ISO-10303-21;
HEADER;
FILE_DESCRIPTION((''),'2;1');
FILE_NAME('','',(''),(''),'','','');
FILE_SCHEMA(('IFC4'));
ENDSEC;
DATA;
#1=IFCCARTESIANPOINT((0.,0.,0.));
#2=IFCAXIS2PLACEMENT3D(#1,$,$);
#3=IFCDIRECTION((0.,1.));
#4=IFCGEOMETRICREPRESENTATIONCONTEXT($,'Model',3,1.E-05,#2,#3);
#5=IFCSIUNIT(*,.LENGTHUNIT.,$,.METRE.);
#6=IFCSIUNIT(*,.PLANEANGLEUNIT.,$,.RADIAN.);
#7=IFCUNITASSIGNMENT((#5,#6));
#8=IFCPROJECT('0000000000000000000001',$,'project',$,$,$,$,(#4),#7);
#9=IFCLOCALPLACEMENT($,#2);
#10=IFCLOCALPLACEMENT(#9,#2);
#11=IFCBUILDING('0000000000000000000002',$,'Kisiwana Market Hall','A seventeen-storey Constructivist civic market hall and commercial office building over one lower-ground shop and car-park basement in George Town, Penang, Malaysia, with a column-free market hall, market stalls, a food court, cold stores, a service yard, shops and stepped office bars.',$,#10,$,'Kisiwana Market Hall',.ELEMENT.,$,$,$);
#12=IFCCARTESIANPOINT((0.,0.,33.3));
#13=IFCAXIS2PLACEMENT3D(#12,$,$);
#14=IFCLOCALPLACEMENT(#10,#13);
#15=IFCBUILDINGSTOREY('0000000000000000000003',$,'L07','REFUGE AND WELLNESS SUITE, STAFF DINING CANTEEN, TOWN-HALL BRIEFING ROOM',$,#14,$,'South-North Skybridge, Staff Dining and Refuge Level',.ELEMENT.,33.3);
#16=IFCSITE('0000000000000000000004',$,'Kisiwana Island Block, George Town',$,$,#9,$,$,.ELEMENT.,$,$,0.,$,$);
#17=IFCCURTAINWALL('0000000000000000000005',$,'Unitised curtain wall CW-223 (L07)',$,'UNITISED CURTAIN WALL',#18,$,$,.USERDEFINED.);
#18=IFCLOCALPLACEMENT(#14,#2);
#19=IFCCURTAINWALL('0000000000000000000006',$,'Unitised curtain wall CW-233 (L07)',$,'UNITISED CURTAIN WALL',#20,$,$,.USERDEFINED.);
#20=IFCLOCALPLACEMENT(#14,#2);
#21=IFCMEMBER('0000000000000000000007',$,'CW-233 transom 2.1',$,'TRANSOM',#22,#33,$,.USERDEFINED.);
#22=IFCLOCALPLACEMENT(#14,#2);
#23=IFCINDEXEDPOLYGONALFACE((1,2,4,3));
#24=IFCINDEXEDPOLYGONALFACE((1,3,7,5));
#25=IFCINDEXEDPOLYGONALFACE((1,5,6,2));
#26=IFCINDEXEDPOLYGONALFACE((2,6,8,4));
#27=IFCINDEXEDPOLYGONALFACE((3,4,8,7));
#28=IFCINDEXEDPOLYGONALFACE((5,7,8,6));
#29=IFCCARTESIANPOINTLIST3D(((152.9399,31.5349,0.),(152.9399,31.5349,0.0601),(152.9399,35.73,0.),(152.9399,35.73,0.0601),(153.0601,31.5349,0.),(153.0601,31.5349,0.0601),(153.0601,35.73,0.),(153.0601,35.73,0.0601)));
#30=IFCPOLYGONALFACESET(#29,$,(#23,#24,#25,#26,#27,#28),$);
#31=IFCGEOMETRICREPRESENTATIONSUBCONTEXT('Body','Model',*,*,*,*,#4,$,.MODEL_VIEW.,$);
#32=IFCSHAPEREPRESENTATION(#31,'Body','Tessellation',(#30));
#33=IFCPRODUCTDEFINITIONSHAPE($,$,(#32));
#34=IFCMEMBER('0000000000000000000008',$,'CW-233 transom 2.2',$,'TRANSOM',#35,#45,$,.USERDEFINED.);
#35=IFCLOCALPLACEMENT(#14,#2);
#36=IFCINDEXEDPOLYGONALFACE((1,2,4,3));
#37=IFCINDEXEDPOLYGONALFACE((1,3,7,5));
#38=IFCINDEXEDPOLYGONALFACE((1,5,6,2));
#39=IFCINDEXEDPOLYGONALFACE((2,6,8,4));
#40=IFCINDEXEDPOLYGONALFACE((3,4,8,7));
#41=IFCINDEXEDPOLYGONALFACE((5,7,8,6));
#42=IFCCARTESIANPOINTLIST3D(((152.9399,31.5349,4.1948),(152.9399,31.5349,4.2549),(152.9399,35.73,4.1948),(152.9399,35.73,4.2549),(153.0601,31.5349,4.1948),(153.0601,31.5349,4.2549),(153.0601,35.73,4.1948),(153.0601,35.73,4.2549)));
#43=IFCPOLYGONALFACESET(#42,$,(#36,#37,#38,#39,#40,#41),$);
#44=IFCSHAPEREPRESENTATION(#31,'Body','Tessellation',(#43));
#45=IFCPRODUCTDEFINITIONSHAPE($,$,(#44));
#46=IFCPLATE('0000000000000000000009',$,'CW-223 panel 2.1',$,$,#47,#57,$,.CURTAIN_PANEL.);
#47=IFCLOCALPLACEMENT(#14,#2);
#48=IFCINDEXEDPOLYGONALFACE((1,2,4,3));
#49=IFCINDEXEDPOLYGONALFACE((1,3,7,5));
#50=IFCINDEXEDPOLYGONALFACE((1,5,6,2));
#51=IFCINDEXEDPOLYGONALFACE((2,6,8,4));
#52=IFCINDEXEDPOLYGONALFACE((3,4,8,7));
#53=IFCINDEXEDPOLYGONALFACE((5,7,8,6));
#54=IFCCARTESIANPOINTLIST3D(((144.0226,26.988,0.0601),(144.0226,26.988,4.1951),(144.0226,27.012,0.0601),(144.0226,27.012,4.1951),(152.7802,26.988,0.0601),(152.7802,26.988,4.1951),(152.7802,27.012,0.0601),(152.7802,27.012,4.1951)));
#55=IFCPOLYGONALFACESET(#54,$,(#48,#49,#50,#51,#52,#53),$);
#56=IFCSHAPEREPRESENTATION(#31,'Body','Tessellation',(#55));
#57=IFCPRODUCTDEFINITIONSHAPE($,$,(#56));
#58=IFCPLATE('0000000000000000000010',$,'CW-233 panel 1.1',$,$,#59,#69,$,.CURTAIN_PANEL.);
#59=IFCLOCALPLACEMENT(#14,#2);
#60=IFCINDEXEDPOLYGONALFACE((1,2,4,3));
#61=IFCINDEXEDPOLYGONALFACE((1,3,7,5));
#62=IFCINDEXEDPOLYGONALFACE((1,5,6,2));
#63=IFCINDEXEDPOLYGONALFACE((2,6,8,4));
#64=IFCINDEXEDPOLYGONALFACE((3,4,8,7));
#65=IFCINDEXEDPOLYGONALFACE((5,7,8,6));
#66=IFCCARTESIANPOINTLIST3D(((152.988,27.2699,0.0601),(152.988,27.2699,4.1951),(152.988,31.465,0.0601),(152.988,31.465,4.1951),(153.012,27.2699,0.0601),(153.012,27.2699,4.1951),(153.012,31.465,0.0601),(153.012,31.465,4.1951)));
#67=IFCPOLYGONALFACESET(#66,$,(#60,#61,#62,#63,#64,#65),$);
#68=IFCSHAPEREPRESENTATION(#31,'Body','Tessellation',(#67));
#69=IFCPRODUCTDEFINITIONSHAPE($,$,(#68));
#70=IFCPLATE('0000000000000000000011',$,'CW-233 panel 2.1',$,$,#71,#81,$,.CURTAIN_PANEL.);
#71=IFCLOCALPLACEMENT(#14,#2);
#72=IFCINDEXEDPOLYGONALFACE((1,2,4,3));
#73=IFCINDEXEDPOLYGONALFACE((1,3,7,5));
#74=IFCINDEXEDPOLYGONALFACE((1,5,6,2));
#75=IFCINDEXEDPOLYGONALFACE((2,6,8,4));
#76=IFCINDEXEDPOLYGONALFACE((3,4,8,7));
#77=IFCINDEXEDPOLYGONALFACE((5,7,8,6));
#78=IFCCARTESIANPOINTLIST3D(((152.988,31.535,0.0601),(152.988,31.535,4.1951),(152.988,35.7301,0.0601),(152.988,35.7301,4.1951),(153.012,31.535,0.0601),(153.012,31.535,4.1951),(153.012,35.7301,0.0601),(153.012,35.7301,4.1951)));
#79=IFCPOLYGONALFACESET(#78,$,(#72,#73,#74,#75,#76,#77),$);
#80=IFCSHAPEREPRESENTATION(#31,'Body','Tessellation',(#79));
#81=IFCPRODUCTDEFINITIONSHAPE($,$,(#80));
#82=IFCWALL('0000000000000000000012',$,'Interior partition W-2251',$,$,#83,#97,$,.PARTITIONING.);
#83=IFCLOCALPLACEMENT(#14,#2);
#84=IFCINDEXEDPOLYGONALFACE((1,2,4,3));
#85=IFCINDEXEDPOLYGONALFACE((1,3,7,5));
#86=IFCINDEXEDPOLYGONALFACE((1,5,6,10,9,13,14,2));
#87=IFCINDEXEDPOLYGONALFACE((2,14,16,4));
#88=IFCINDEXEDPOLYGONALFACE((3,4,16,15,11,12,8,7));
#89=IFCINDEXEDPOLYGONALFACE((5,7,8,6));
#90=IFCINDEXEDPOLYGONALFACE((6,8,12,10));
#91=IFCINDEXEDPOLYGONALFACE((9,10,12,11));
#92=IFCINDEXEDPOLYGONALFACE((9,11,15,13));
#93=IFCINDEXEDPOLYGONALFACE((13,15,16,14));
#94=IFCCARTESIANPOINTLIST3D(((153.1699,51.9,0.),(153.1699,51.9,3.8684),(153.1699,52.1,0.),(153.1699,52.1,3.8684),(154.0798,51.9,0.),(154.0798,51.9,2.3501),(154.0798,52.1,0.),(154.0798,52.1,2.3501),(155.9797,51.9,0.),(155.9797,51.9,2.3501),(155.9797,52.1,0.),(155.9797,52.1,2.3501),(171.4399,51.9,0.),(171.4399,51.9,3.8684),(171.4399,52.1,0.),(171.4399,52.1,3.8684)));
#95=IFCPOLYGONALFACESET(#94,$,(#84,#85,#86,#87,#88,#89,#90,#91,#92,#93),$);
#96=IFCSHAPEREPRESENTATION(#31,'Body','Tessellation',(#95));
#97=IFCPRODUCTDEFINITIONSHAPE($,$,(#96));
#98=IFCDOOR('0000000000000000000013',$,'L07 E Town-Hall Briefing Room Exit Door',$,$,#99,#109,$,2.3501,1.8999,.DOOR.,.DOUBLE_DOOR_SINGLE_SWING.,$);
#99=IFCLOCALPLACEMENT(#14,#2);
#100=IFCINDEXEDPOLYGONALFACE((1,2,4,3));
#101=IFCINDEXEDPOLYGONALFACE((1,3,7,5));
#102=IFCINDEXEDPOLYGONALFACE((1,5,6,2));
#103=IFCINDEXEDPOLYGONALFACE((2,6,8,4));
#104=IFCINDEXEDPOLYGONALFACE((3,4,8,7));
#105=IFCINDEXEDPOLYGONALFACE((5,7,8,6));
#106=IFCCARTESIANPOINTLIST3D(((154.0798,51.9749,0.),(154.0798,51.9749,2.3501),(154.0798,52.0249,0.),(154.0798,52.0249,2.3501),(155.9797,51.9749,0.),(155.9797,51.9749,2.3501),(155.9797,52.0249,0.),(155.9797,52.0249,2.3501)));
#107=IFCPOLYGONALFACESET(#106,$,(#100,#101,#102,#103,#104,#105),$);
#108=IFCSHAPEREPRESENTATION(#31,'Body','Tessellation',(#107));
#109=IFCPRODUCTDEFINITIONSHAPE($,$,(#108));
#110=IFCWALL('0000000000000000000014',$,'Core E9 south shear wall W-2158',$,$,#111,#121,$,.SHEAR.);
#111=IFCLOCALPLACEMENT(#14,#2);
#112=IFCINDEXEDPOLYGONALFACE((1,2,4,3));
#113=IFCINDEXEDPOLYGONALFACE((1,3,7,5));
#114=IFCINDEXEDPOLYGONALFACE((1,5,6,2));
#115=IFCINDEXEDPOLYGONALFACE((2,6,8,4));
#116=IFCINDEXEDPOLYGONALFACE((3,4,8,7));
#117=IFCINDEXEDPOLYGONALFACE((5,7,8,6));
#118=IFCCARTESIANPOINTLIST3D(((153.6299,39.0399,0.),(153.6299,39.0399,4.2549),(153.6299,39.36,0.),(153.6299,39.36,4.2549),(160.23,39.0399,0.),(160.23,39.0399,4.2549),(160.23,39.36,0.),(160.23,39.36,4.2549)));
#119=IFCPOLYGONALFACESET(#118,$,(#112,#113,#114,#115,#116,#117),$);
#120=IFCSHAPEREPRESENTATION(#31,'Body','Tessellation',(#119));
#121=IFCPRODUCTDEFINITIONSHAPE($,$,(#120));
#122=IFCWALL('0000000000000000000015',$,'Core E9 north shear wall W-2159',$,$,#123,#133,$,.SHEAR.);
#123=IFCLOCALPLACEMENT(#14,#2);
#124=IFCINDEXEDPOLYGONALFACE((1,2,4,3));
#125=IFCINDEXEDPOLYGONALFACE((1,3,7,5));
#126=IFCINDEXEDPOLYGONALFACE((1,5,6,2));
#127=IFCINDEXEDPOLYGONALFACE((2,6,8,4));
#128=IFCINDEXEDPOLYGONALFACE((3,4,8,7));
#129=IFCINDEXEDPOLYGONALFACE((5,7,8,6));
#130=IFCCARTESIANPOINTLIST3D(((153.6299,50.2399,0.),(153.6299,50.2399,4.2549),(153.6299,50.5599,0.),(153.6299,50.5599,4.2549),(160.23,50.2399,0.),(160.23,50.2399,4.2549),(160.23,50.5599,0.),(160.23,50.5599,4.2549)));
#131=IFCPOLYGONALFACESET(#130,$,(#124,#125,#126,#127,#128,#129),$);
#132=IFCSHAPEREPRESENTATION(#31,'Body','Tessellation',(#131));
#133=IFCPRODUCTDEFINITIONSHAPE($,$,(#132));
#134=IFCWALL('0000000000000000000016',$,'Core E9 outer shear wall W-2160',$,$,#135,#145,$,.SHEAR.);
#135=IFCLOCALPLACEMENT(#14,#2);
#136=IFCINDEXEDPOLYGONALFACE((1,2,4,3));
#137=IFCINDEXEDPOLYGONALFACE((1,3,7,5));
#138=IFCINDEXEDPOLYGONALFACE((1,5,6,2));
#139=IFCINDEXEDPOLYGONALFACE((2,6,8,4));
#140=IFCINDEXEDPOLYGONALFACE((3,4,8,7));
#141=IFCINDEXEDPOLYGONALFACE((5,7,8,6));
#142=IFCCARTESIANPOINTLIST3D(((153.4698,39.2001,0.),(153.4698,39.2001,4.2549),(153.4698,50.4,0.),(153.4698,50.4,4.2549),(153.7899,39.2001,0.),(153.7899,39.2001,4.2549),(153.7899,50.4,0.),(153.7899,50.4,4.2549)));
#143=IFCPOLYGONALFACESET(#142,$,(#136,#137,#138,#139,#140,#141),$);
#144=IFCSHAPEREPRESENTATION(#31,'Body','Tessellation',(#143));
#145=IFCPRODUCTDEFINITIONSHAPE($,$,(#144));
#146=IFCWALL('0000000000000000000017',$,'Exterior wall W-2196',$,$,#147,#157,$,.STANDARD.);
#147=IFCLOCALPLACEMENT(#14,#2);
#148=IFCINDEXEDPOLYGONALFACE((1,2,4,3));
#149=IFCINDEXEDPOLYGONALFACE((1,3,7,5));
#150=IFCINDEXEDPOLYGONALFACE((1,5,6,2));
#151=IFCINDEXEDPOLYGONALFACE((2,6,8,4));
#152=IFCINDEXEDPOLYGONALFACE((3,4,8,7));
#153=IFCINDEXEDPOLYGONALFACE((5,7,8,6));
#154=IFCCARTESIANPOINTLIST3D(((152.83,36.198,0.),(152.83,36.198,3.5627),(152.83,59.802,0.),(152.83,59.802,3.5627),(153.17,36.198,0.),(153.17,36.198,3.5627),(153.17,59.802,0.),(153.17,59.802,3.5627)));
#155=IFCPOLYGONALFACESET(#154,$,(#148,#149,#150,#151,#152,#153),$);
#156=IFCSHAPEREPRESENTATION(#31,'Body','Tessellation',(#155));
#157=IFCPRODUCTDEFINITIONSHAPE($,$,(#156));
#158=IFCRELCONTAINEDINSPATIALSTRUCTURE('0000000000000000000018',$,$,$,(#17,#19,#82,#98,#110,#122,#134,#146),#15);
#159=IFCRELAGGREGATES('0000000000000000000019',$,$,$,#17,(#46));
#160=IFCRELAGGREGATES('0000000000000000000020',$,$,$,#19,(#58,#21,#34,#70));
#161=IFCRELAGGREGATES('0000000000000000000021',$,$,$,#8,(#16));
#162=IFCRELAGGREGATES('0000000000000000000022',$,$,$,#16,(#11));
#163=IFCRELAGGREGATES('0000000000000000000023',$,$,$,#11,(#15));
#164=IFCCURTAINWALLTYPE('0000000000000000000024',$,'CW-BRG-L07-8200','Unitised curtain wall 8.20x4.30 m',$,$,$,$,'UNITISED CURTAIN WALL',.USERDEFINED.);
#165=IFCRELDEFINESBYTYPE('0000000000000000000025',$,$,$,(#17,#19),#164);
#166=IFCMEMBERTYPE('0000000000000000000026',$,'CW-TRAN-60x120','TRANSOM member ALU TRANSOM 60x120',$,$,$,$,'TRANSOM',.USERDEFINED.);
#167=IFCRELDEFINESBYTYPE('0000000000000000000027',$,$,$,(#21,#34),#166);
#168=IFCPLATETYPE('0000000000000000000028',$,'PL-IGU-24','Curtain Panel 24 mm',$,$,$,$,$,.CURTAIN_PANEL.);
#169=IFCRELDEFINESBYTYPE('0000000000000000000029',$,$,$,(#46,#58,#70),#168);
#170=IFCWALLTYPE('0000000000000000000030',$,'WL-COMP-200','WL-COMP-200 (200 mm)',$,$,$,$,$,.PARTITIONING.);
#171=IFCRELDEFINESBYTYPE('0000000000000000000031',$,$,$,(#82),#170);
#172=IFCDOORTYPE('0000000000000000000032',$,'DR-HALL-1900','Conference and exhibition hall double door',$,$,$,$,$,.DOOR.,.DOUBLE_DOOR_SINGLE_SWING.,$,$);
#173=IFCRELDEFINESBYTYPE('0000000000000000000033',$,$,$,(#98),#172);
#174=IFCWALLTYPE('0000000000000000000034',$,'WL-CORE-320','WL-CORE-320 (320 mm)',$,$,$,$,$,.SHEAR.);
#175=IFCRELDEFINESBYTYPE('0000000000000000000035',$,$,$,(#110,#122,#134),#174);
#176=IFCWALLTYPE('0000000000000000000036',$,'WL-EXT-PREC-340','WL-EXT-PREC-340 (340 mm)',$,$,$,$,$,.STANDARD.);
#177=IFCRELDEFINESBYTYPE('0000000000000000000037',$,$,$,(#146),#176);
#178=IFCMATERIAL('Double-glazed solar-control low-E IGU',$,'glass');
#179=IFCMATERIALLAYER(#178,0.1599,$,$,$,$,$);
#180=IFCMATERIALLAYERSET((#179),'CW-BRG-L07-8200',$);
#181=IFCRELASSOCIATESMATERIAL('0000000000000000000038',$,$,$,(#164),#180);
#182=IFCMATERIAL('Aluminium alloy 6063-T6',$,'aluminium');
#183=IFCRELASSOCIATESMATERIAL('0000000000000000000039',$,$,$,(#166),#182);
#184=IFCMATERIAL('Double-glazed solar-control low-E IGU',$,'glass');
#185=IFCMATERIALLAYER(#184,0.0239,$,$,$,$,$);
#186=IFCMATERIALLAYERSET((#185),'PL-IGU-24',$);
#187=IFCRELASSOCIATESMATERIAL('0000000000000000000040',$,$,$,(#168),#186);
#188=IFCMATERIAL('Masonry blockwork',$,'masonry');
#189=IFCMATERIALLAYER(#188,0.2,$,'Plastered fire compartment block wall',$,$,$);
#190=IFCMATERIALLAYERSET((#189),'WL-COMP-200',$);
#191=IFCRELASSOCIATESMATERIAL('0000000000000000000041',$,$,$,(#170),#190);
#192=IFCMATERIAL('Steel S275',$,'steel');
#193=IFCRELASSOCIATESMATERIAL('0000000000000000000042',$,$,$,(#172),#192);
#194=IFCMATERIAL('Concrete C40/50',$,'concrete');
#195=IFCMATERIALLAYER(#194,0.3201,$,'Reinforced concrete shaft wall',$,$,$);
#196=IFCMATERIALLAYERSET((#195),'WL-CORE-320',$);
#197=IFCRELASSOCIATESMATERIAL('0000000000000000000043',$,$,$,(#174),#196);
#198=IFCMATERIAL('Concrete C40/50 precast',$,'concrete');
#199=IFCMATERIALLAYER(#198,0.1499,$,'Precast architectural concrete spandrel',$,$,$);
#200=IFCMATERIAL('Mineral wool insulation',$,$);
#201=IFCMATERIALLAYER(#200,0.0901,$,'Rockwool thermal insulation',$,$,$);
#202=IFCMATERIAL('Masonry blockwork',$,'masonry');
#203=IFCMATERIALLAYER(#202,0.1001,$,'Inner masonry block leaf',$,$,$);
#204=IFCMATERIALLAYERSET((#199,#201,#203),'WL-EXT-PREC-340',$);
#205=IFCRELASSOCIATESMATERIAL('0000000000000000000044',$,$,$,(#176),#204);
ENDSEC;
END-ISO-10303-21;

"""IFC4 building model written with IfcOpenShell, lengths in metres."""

from ifc_helpers import new_model, si_unit, direction, frame, frame_2d, origin, origin_2d, place, context, subcontext, project, spatial, rectangle, extrude, material, layer, layer_set, material_profile, profile_set, type_object, element, fill, aggregate, save


model = new_model("IFC4")

# Units and contexts
model_context = context("Model", 3, precision=1e-05, world=origin(), true_north=direction((0.0, 1.0)))
body_context = subcontext(model_context, "Body", "Model", "MODEL_VIEW")
ifc_project = project(units=[si_unit("LENGTHUNIT", "METRE"), si_unit("PLANEANGLEUNIT", "RADIAN")], contexts=[model_context])

# Site, building, storey
site_placement = place(None, origin())
site = spatial("IfcSite", under=ifc_project, at=site_placement, Name="Kisiwana Island Block, George Town", CompositionType="ELEMENT", RefElevation=0.0)
building_placement = place(site_placement, origin())
building = spatial("IfcBuilding", under=site, at=building_placement, Name="Kisiwana Market Hall", Description="A seventeen-storey Constructivist civic market hall and commercial office building over one lower-ground shop and car-park basement in George Town, Penang, Malaysia, with a column-free market hall, market stalls, a food court, cold stores, a service yard, shops and stepped office bars.", LongName="Kisiwana Market Hall", CompositionType="ELEMENT")
storey_placement = place(building_placement, frame((0.0, 0.0, 33.3)))
storey = spatial("IfcBuildingStorey", under=building, at=storey_placement, Name="L07", Description="REFUGE AND WELLNESS SUITE, STAFF DINING CANTEEN, TOWN-HALL BRIEFING ROOM", LongName="South-North Skybridge, Staff Dining and Refuge Level", CompositionType="ELEMENT", Elevation=33.3)

# Curtain wall
ifc_material_1 = material(Name="Double-glazed solar-control low-E IGU", Category="glass")
ifc_layer_1 = layer(ifc_material_1, 0.1599)
ifc_layer_set_1 = layer_set([ifc_layer_1], Name="CW-BRG-L07-8200")
curtain_wall_type = type_object("IfcCurtainWallType", Name="CW-BRG-L07-8200", Description="Unitised curtain wall 8.20x4.30 m", ElementType="UNITISED CURTAIN WALL", PredefinedType="USERDEFINED", material=ifc_layer_set_1)
curtain_wall_1_placement = place(storey_placement, origin())
curtain_wall_1 = element("IfcCurtainWall", 1, at=curtain_wall_1_placement, inside=storey, type_object=curtain_wall_type, Name="Unitised curtain wall CW-223 (L07)", ObjectType="UNITISED CURTAIN WALL", PredefinedType="USERDEFINED")

# Curtain wall
curtain_wall_2_placement = place(storey_placement, origin())
curtain_wall_2 = element("IfcCurtainWall", 2, at=curtain_wall_2_placement, inside=storey, type_object=curtain_wall_type, Name="Unitised curtain wall CW-233 (L07)", ObjectType="UNITISED CURTAIN WALL", PredefinedType="USERDEFINED")

# Members
ifc_material_2 = material(Name="Aluminium alloy 6063-T6", Category="aluminium")
ifc_material_profile_1 = material_profile(ifc_material_2, rectangle(XDim=0.1201, YDim=0.0601, at=origin_2d()), Name="ALU TRANSOM 60x120")
ifc_profile_set_1 = profile_set([ifc_material_profile_1], Name="Aluminium alloy 6063-T6")
member_type_1 = type_object("IfcMemberType", Name="CW-TRAN-60x120", Description="TRANSOM member ALU TRANSOM 60x120", ElementType="TRANSOM", PredefinedType="USERDEFINED", material=ifc_profile_set_1)
member_1_placement = place(storey_placement, frame((153.0, 31.5349, 0.03), z_axis=(0.0, 1.0, 0.0), x_axis=(-1.0, 0.0, 0.0)))
member_1 = element("IfcMember", 3, at=member_1_placement, type_object=member_type_1, Name="CW-233 transom 2.1", ObjectType="TRANSOM", PredefinedType="USERDEFINED", context=body_context, shape_type="SweptSolid", body=[
    extrude(rectangle(XDim=0.1201, YDim=0.0601, at=origin_2d()), origin(), (0.0, 0.0, 1.0), 4.1951),
])
member_2_placement = place(storey_placement, frame((153.0, 31.5349, 4.2249), z_axis=(0.0, 1.0, 0.0), x_axis=(-1.0, 0.0, 0.0)))
member_2 = element("IfcMember", 4, at=member_2_placement, type_object=member_type_1, Name="CW-233 transom 2.2", ObjectType="TRANSOM", PredefinedType="USERDEFINED", context=body_context, shape_type="SweptSolid", body=[
    extrude(rectangle(XDim=0.1201, YDim=0.0601, at=origin_2d()), origin(), (0.0, 0.0, 1.0), 4.1951),
])

# Plates
ifc_material_3 = material(Name="Double-glazed solar-control low-E IGU", Category="glass")
ifc_layer_2 = layer(ifc_material_3, 0.0239)
ifc_layer_set_2 = layer_set([ifc_layer_2], Name="PL-IGU-24")
plate_type = type_object("IfcPlateType", Name="PL-IGU-24", Description="Curtain Panel 24 mm", PredefinedType="CURTAIN_PANEL", material=ifc_layer_set_2)
plate_1_placement = place(storey_placement, frame((148.4014, 27.0, 0.0601), z_axis=(0.0, 0.0, 1.0), x_axis=(1.0, 0.0, 0.0)))
plate_1 = element("IfcPlate", 5, at=plate_1_placement, type_object=plate_type, Name="CW-223 panel 2.1", PredefinedType="CURTAIN_PANEL", context=body_context, shape_type="SweptSolid", body=[
    extrude(rectangle(XDim=8.7576, YDim=0.0239, at=origin_2d()), origin(), (0.0, 0.0, 1.0), 4.135),
])
aggregate(curtain_wall_1, [plate_1])
plate_2_placement = place(storey_placement, frame((153.0, 29.3674, 0.0601), z_axis=(0.0, 0.0, 1.0), x_axis=(0.0, 1.0, 0.0)))
plate_2 = element("IfcPlate", 6, at=plate_2_placement, type_object=plate_type, Name="CW-233 panel 1.1", PredefinedType="CURTAIN_PANEL", context=body_context, shape_type="SweptSolid", body=[
    extrude(rectangle(XDim=4.1951, YDim=0.0239, at=origin_2d()), origin(), (0.0, 0.0, 1.0), 4.135),
])
plate_3_placement = place(storey_placement, frame((153.0, 33.6326, 0.0601), z_axis=(0.0, 0.0, 1.0), x_axis=(0.0, 1.0, 0.0)))
plate_3 = element("IfcPlate", 7, at=plate_3_placement, type_object=plate_type, Name="CW-233 panel 2.1", PredefinedType="CURTAIN_PANEL", context=body_context, shape_type="SweptSolid", body=[
    extrude(rectangle(XDim=4.1951, YDim=0.0239, at=origin_2d()), origin(), (0.0, 0.0, 1.0), 4.135),
])
aggregate(curtain_wall_2, [plate_2, member_1, member_2, plate_3])

# Wall, opening, door
ifc_material_4 = material(Name="Masonry blockwork", Category="masonry")
ifc_layer_3 = layer(ifc_material_4, 0.2, Name="Plastered fire compartment block wall")
ifc_layer_set_3 = layer_set([ifc_layer_3], Name="WL-COMP-200")
wall_type_1 = type_object("IfcWallType", Name="WL-COMP-200", Description="WL-COMP-200 (200 mm)", PredefinedType="PARTITIONING", material=ifc_layer_set_3)
wall_1_placement = place(storey_placement, frame((153.1699, 52.0, 0.0), z_axis=(0.0, 0.0, 1.0), x_axis=(1.0, 0.0, 0.0)))
wall_1 = element("IfcWall", 8, at=wall_1_placement, inside=storey, type_object=wall_type_1, Name="Interior partition W-2251", PredefinedType="PARTITIONING", context=body_context, shape_type="SweptSolid", body=[
    extrude(rectangle(XDim=18.27, YDim=0.2, at=frame_2d((9.135, 0.0))), origin(), (0.0, 0.0, 1.0), 3.8684),
])
opening_placement = place(wall_1_placement, frame((0.9099, 0.0, 0.0)))
opening = element("IfcOpeningElement", 9, at=opening_placement, cuts=wall_1, PredefinedType="OPENING", context=body_context, shape_type="SweptSolid", body=[
    extrude(rectangle(XDim=1.8999, YDim=2.3501, at=frame_2d((0.95, 1.175))), frame((0.0, 0.1118, 0.0), z_axis=(0.0, -1.0, 0.0), x_axis=(1.0, 0.0, 0.0)), (0.0, 0.0, 1.0), 0.2239),
])
ifc_material_5 = material(Name="Steel S275", Category="steel")
door_type = type_object("IfcDoorType", Name="DR-HALL-1900", Description="Conference and exhibition hall double door", OperationType="DOUBLE_DOOR_SINGLE_SWING", PredefinedType="DOOR", material=ifc_material_5)
door_placement = place(opening_placement, origin())
door = element("IfcDoor", 10, at=door_placement, inside=storey, type_object=door_type, Name="L07 E Town-Hall Briefing Room Exit Door", OperationType="DOUBLE_DOOR_SINGLE_SWING", OverallHeight=2.3501, OverallWidth=1.8999, PredefinedType="DOOR", context=body_context, shape_type="SweptSolid", body=[
    extrude(rectangle(XDim=1.8999, YDim=2.3501, at=frame_2d((0.95, 1.175))), frame((0.0, 0.0249, 0.0), z_axis=(0.0, -1.0, 0.0), x_axis=(1.0, 0.0, 0.0)), (0.0, 0.0, 1.0), 0.05),
])
fill(opening, door)

# Walls
ifc_material_6 = material(Name="Concrete C40/50", Category="concrete")
ifc_layer_4 = layer(ifc_material_6, 0.3201, Name="Reinforced concrete shaft wall")
ifc_layer_set_4 = layer_set([ifc_layer_4], Name="WL-CORE-320")
wall_type_2 = type_object("IfcWallType", Name="WL-CORE-320", Description="WL-CORE-320 (320 mm)", PredefinedType="SHEAR", material=ifc_layer_set_4)
for number, where, z_axis, x_axis, name in (
    (11, (153.6299, 39.2, 0.0), (0.0, 0.0, 1.0), (1.0, 0.0, 0.0), "Core E9 south shear wall W-2158"),
    (12, (153.6299, 50.3999, 0.0), (0.0, 0.0, 1.0), (1.0, 0.0, 0.0), "Core E9 north shear wall W-2159"),
):
    element("IfcWall", number, at=place(storey_placement, frame(where, z_axis=z_axis, x_axis=x_axis)), inside=storey, type_object=wall_type_2, Name=name, PredefinedType="SHEAR", context=body_context, shape_type="SweptSolid", body=[
        extrude(rectangle(XDim=6.6001, YDim=0.3201, at=frame_2d((3.3, 0.0))), origin(), (0.0, 0.0, 1.0), 4.2549),
    ])
wall_2_placement = place(storey_placement, frame((153.6299, 39.2, 0.0), z_axis=(0.0, 0.0, 1.0), x_axis=(0.0, 1.0, 0.0)))
element("IfcWall", 13, at=wall_2_placement, inside=storey, type_object=wall_type_2, Name="Core E9 outer shear wall W-2160", PredefinedType="SHEAR", context=body_context, shape_type="SweptSolid", body=[
    extrude(rectangle(XDim=11.2, YDim=0.3201, at=frame_2d((5.6001, 0.0))), origin(), (0.0, 0.0, 1.0), 4.2549),
])
ifc_material_7 = material(Name="Concrete C40/50 precast", Category="concrete")
ifc_layer_5 = layer(ifc_material_7, 0.1499, Name="Precast architectural concrete spandrel")
ifc_material_8 = material(Name="Mineral wool insulation")
ifc_layer_6 = layer(ifc_material_8, 0.0901, Name="Rockwool thermal insulation")
ifc_material_9 = material(Name="Masonry blockwork", Category="masonry")
ifc_layer_7 = layer(ifc_material_9, 0.1001, Name="Inner masonry block leaf")
ifc_layer_set_5 = layer_set([ifc_layer_5, ifc_layer_6, ifc_layer_7], Name="WL-EXT-PREC-340")
wall_type_3 = type_object("IfcWallType", Name="WL-EXT-PREC-340", Description="WL-EXT-PREC-340 (340 mm)", PredefinedType="STANDARD", material=ifc_layer_set_5)
wall_3_placement = place(storey_placement, frame((153.0, 36.198, 0.0), z_axis=(0.0, 0.0, 1.0), x_axis=(0.0, 1.0, 0.0)))
element("IfcWall", 14, at=wall_3_placement, inside=storey, type_object=wall_type_3, Name="Exterior wall W-2196", PredefinedType="STANDARD", context=body_context, shape_type="SweptSolid", body=[
    extrude(rectangle(XDim=23.604, YDim=0.3401, at=frame_2d((11.802, 0.0))), origin(), (0.0, 0.0, 1.0), 3.5627),
])

save(model, "model.ifc")
